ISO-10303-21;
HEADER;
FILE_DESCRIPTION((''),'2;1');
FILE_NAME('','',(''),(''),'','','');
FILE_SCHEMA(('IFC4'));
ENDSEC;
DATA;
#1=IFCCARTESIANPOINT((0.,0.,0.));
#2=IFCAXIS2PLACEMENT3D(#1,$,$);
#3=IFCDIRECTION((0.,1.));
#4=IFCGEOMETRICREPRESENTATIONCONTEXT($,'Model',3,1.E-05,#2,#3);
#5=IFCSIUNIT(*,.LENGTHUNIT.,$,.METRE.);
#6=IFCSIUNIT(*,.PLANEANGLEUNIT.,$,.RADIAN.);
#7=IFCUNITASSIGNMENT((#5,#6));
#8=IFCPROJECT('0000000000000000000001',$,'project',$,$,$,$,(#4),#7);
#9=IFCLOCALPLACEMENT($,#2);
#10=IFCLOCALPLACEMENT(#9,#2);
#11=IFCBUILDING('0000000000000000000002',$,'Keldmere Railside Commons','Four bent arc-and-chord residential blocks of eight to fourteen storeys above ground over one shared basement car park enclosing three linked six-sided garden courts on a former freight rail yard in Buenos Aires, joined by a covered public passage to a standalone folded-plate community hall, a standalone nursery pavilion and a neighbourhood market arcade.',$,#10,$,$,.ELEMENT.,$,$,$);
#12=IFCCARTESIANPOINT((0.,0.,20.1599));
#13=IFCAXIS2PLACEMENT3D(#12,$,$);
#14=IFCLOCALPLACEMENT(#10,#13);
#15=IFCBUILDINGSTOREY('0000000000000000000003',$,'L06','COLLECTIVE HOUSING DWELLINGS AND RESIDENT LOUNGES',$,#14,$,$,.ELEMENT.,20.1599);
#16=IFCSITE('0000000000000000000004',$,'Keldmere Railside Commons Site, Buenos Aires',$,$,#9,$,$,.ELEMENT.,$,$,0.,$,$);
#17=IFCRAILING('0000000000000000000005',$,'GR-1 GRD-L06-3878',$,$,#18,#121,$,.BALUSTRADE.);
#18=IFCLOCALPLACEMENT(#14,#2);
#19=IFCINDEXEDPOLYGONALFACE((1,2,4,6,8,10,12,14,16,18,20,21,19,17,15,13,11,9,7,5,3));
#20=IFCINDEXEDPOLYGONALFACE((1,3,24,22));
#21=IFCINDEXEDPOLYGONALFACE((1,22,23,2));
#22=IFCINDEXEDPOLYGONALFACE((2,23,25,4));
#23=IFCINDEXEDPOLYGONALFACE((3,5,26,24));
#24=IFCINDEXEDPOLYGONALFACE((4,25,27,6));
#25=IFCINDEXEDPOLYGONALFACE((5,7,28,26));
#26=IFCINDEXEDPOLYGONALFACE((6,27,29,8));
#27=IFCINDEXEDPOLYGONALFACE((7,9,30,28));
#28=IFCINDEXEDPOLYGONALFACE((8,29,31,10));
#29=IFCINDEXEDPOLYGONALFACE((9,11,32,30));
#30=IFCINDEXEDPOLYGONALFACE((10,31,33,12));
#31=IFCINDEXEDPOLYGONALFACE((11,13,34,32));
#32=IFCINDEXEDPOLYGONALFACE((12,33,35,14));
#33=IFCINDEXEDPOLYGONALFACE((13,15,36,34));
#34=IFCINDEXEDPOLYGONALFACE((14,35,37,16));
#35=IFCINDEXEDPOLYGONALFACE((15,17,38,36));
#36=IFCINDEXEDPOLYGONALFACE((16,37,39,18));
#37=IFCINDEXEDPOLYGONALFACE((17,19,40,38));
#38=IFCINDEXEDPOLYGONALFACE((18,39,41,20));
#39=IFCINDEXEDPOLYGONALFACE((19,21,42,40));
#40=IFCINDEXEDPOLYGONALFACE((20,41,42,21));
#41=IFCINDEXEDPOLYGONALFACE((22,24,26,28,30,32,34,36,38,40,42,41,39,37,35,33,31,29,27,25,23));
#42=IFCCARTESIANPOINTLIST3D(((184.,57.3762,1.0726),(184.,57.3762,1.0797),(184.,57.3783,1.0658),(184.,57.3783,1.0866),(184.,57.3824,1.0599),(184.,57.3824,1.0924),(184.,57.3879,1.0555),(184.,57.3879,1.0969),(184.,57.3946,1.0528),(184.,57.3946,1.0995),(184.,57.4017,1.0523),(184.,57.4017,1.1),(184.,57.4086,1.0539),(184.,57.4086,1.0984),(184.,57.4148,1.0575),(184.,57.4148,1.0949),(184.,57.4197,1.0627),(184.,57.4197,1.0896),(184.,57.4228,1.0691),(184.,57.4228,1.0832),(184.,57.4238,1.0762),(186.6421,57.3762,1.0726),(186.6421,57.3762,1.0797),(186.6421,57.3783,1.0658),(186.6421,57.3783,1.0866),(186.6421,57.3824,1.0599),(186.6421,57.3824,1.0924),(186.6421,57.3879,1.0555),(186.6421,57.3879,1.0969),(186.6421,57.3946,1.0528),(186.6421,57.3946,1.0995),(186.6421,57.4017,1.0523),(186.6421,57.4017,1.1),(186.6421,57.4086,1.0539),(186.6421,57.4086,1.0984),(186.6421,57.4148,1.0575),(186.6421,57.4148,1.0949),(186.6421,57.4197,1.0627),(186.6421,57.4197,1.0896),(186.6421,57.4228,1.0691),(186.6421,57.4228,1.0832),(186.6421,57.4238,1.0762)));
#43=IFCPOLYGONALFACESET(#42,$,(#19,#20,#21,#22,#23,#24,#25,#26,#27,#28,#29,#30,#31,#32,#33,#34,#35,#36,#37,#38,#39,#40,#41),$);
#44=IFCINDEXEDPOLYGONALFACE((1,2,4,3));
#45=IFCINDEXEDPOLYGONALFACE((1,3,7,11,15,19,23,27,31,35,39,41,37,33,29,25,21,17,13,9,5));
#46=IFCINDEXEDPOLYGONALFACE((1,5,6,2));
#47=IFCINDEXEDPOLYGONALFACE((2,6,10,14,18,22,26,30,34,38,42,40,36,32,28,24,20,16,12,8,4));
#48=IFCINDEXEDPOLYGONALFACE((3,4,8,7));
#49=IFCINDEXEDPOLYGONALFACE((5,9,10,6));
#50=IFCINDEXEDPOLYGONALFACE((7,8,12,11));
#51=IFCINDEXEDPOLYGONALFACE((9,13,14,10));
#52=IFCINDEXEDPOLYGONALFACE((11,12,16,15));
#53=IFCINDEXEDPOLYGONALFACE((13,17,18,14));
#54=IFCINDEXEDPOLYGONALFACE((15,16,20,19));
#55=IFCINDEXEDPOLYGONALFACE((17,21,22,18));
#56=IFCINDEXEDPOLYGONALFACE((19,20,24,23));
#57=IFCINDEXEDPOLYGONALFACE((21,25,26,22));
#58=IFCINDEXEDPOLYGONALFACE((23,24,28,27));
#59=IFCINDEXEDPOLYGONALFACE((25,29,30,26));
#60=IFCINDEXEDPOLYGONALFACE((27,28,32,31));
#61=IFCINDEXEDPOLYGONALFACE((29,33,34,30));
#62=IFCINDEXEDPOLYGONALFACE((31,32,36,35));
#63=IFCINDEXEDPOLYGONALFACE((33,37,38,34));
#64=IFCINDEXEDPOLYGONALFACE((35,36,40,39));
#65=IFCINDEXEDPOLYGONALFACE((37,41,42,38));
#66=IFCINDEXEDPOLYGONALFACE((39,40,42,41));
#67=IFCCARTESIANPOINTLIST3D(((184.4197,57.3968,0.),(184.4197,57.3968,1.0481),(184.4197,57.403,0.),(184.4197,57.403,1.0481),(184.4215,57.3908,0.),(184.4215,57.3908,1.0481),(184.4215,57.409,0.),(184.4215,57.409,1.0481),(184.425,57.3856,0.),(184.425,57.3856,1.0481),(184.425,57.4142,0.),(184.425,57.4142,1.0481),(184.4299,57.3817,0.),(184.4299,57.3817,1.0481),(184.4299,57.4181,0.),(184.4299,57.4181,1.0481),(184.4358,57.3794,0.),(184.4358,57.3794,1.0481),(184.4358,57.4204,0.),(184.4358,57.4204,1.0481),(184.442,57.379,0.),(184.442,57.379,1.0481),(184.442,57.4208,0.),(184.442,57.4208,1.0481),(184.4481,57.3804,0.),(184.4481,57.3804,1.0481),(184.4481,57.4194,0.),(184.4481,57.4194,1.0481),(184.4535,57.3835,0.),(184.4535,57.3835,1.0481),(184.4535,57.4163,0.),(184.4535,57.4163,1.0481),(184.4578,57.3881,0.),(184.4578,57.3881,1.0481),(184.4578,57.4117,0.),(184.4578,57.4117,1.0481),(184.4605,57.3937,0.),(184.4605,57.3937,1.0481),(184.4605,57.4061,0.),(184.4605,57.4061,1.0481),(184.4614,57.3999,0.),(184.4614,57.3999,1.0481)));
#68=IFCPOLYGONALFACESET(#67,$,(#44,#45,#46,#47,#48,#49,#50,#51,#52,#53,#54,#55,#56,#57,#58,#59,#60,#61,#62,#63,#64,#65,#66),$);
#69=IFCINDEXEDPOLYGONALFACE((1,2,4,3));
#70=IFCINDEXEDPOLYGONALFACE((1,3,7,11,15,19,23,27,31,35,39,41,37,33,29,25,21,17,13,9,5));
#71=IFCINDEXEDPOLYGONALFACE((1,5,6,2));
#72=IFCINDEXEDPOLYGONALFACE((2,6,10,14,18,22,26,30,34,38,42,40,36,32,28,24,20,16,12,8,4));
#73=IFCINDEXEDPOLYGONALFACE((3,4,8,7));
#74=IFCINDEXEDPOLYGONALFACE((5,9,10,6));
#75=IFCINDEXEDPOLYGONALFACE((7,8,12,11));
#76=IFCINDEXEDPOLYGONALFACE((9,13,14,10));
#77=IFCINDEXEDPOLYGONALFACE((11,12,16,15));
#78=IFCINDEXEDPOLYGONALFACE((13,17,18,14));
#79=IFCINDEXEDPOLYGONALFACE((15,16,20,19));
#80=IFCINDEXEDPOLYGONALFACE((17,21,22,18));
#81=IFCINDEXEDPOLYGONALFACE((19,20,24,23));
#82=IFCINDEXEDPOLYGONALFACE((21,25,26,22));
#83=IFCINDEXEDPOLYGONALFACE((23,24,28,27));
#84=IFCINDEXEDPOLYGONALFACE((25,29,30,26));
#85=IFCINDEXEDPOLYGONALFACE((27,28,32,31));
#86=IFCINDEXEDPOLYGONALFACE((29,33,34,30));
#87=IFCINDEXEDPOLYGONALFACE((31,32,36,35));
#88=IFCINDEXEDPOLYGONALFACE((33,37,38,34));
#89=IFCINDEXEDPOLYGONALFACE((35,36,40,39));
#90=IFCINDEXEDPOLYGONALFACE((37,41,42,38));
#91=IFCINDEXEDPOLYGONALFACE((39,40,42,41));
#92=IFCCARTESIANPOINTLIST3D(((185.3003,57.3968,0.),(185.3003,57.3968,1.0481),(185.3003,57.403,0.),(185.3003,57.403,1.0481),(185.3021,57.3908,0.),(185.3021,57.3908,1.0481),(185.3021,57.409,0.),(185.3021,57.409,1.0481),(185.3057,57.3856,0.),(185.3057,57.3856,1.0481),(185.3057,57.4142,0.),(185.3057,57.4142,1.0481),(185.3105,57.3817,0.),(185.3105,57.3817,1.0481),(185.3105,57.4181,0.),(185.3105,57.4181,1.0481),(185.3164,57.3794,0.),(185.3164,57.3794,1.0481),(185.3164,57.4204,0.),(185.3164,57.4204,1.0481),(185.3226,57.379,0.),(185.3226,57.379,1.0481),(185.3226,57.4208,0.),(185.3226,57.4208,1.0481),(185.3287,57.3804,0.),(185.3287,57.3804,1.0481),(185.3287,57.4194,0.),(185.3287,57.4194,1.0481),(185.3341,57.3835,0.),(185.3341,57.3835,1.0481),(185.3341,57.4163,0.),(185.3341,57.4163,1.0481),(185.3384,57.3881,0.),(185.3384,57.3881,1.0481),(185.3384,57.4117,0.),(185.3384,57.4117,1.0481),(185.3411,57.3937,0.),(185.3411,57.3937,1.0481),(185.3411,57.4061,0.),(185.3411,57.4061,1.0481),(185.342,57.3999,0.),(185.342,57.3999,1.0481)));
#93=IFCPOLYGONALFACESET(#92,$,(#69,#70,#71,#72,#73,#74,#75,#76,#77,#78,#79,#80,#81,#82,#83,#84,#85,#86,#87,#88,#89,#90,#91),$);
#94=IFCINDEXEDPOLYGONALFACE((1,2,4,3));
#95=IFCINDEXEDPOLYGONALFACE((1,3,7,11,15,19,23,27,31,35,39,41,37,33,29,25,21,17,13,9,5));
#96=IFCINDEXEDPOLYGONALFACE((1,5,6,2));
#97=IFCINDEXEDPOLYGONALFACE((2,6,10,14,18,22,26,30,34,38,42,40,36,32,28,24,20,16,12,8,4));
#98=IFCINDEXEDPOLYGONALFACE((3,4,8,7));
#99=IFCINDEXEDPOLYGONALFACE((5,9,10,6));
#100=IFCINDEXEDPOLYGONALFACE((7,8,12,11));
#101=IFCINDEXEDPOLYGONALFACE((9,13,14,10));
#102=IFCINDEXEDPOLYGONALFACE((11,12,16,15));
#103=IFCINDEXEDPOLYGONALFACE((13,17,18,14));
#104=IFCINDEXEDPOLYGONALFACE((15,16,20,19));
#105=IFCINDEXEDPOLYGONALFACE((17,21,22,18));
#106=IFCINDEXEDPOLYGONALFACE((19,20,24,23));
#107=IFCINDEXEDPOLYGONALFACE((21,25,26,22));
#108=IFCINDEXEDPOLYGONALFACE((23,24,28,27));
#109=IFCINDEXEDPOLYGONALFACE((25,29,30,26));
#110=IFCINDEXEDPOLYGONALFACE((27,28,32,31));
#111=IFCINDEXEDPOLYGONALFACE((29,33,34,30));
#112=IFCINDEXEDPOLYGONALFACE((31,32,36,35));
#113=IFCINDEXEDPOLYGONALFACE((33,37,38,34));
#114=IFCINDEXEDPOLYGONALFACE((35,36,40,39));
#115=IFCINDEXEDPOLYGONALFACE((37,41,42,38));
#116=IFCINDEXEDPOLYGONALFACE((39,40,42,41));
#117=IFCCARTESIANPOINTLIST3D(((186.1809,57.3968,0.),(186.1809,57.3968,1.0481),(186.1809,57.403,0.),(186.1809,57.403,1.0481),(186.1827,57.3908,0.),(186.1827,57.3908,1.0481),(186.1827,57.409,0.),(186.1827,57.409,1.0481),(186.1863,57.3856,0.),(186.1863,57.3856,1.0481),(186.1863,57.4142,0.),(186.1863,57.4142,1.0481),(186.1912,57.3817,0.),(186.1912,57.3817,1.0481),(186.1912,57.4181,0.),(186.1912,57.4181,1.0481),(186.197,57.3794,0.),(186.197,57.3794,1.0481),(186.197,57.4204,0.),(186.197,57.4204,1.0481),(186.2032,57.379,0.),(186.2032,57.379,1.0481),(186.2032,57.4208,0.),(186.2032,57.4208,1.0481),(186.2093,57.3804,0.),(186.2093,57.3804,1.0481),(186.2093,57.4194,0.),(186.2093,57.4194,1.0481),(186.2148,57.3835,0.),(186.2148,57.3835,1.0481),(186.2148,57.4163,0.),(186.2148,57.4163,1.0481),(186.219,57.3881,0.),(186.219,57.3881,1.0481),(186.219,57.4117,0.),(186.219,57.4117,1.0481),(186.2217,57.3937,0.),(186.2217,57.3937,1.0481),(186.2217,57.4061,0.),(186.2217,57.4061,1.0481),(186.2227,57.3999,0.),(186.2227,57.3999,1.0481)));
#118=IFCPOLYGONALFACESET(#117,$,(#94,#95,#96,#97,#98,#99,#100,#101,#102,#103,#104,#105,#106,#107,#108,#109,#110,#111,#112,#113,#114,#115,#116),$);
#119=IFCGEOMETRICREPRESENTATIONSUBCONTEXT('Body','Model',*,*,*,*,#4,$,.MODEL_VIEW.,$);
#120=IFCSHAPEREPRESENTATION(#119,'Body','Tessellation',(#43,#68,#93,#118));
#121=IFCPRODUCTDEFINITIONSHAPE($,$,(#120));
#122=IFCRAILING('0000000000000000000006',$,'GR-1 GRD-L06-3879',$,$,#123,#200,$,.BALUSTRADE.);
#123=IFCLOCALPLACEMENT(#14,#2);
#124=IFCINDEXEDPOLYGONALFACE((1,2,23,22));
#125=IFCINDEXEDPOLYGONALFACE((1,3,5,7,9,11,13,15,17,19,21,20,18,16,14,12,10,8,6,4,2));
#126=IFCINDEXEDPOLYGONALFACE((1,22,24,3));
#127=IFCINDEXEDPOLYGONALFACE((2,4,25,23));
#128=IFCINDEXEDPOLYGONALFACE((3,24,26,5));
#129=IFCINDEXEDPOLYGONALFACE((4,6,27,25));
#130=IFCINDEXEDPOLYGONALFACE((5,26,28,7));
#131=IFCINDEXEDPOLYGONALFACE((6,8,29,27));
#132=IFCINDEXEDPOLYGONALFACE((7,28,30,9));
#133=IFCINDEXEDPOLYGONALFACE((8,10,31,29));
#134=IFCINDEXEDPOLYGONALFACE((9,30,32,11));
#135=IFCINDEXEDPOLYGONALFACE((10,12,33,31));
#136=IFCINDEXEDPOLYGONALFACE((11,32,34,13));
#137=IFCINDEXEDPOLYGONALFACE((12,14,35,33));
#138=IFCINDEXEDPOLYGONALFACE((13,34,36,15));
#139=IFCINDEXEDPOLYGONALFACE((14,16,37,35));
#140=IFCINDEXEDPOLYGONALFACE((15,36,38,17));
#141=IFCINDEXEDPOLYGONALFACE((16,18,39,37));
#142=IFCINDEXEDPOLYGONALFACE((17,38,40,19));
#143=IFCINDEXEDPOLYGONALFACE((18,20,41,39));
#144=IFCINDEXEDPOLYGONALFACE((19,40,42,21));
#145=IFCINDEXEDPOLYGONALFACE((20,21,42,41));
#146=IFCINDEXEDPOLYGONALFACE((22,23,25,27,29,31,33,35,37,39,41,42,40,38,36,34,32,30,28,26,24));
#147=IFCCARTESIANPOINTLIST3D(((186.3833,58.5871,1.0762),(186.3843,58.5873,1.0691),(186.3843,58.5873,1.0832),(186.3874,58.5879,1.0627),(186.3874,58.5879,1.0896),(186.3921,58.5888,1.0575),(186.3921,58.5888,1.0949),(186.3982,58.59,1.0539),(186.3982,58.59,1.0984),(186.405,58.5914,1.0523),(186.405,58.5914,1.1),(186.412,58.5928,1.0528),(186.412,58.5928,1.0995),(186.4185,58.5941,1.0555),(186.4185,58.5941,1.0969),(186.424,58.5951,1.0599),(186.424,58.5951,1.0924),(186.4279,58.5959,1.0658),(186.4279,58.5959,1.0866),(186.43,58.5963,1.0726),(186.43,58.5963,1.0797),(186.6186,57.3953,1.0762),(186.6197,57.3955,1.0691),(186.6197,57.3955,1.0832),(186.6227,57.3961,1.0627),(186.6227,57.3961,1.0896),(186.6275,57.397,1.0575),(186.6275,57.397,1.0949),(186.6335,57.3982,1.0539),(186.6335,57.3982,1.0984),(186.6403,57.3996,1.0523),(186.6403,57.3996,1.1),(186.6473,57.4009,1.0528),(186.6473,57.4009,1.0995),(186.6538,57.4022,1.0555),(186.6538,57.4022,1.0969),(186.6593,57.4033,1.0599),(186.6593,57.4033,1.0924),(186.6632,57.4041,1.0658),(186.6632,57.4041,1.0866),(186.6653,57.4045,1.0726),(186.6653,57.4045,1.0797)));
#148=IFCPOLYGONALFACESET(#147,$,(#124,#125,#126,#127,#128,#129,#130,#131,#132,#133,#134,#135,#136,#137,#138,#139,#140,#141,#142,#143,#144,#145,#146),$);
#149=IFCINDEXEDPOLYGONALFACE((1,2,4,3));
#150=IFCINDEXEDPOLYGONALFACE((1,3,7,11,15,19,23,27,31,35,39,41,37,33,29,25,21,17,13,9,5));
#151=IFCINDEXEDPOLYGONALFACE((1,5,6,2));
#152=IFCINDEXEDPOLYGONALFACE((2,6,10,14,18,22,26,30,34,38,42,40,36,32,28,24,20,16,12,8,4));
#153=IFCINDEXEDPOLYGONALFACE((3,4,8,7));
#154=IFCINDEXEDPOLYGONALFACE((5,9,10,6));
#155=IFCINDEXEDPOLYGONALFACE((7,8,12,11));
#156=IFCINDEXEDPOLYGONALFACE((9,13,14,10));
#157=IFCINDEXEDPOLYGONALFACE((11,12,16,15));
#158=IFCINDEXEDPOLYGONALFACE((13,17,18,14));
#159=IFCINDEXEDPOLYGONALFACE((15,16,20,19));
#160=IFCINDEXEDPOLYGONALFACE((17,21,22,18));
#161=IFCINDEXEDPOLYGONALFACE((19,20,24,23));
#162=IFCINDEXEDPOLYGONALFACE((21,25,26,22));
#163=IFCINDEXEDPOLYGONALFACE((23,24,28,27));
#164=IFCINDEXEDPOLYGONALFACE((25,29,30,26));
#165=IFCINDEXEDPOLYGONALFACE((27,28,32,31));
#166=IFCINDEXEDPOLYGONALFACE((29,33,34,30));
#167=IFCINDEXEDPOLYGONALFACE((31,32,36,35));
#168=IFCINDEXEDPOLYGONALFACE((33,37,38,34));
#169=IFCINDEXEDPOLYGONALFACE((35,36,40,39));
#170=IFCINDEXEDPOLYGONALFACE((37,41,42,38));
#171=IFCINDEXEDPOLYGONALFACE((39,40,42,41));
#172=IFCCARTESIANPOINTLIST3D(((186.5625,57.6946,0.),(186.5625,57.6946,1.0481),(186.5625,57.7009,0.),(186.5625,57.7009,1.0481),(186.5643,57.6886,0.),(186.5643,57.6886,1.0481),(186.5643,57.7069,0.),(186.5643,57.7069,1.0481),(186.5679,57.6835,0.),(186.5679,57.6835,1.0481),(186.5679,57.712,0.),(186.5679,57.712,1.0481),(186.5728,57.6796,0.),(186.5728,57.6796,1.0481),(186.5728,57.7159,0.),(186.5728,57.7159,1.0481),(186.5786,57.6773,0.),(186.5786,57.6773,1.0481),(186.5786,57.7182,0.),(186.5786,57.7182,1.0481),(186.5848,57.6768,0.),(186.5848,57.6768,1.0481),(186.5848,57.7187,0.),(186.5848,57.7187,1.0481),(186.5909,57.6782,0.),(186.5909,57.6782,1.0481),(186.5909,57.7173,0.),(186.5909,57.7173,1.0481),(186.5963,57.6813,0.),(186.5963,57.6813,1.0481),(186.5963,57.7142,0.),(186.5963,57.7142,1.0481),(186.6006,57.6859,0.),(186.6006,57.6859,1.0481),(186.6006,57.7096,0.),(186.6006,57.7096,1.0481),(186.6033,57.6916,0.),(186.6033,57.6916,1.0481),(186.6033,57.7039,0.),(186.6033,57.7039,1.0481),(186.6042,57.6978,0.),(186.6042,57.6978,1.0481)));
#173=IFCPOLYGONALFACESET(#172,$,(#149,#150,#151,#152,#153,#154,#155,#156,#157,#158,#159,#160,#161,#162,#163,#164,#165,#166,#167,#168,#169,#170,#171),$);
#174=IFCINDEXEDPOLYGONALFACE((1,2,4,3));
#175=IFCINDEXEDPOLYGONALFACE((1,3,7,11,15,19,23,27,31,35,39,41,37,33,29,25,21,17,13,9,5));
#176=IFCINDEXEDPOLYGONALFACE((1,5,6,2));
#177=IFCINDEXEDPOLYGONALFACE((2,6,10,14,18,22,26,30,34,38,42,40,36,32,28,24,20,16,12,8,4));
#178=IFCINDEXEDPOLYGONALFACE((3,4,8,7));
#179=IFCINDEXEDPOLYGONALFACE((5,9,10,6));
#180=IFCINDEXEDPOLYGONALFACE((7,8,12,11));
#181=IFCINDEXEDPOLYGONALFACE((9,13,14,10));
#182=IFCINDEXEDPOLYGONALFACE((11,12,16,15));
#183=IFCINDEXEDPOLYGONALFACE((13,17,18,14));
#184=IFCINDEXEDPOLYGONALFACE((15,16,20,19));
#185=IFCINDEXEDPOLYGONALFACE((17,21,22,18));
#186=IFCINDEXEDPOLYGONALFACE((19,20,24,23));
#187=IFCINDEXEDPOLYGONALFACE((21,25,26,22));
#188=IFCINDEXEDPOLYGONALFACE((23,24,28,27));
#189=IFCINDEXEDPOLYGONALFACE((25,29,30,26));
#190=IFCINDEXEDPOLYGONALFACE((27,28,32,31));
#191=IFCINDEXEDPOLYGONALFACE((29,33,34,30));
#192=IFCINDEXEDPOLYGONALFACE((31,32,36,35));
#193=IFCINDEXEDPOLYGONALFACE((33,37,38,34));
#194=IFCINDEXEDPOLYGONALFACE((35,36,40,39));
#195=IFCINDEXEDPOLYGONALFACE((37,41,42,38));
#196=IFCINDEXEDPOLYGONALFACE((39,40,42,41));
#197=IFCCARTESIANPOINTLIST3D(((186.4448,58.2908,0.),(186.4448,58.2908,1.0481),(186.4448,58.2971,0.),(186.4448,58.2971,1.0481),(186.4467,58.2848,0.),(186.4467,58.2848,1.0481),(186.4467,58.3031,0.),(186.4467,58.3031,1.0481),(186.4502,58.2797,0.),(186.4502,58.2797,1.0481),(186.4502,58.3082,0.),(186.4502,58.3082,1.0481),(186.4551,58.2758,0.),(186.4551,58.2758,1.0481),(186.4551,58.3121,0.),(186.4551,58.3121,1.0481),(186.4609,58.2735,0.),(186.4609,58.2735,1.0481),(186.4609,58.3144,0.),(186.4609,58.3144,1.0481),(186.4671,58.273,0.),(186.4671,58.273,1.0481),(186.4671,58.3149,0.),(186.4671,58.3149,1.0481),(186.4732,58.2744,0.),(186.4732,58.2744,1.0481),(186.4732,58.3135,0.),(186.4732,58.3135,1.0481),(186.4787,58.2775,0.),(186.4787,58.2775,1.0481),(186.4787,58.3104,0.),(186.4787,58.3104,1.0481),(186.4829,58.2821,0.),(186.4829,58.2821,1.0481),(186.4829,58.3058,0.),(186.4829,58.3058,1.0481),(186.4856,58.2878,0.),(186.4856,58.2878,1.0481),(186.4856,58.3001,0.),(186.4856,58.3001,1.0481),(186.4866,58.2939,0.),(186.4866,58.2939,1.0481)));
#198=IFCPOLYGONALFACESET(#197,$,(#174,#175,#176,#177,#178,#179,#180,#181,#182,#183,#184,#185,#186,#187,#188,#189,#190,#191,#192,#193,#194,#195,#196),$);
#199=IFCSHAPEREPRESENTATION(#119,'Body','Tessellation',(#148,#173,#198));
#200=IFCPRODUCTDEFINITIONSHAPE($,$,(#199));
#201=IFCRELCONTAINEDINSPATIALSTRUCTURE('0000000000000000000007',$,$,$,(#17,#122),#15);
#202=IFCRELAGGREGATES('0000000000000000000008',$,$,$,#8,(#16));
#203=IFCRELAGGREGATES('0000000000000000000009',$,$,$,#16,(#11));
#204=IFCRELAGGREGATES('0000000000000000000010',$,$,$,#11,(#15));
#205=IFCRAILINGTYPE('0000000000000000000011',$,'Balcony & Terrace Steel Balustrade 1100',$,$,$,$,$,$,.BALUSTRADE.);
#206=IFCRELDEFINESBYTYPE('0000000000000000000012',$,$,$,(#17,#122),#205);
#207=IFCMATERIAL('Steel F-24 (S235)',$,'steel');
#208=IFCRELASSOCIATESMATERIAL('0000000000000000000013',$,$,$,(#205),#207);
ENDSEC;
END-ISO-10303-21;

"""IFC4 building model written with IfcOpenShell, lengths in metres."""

from ifc_helpers import new_model, si_unit, direction, frame, origin, origin_2d, place, context, subcontext, project, spatial, circle, extrude, material, type_object, element, save


model = new_model("IFC4")

# Units and contexts
model_context = context("Model", 3, precision=1e-05, world=origin(), true_north=direction((0.0, 1.0)))
body_context = subcontext(model_context, "Body", "Model", "MODEL_VIEW")
ifc_project = project(units=[si_unit("LENGTHUNIT", "METRE"), si_unit("PLANEANGLEUNIT", "RADIAN")], contexts=[model_context])

# Site, building, storey
site_placement = place(None, origin())
site = spatial("IfcSite", under=ifc_project, at=site_placement, Name="Keldmere Railside Commons Site, Buenos Aires", CompositionType="ELEMENT", RefElevation=0.0)
building_placement = place(site_placement, origin())
building = spatial("IfcBuilding", under=site, at=building_placement, Name="Keldmere Railside Commons", Description="Four bent arc-and-chord residential blocks of eight to fourteen storeys above ground over one shared basement car park enclosing three linked six-sided garden courts on a former freight rail yard in Buenos Aires, joined by a covered public passage to a standalone folded-plate community hall, a standalone nursery pavilion and a neighbourhood market arcade.", CompositionType="ELEMENT")
storey_placement = place(building_placement, frame((0.0, 0.0, 20.1599)))
storey = spatial("IfcBuildingStorey", under=building, at=storey_placement, Name="L06", Description="COLLECTIVE HOUSING DWELLINGS AND RESIDENT LOUNGES", CompositionType="ELEMENT", Elevation=20.1599)

# Railings
ifc_material_1 = material(Name="Steel F-24 (S235)", Category="steel")
railing_type = type_object("IfcRailingType", Name="Balcony & Terrace Steel Balustrade 1100", PredefinedType="BALUSTRADE", material=ifc_material_1)
railing_1_placement = place(storey_placement, frame((184.0, 57.3999, 0.0)))
element("IfcRailing", 1, at=railing_1_placement, inside=storey, type_object=railing_type, Name="GR-1 GRD-L06-3878", PredefinedType="BALUSTRADE", context=body_context, shape_type="SweptSolid", body=[
    extrude(circle(Radius=0.0239, at=origin_2d()), frame((0.0, 0.0, 1.0762), z_axis=(1.0, 0.0, 0.0), x_axis=(0.0, 1.0, 0.0)), (0.0, 0.0, 1.0), 2.6421),
    extrude(circle(Radius=0.021, at=origin_2d()), frame((0.4404, 0.0, 0.0)), (0.0, 0.0, 1.0), 1.0481),
    extrude(circle(Radius=0.021, at=origin_2d()), frame((1.321, 0.0, 0.0)), (0.0, 0.0, 1.0), 1.0481),
    extrude(circle(Radius=0.021, at=origin_2d()), frame((2.2017, 0.0, 0.0)), (0.0, 0.0, 1.0), 1.0481),
])
railing_2_placement = place(storey_placement, frame((186.6421, 57.3999, 0.0)))
element("IfcRailing", 2, at=railing_2_placement, inside=storey, type_object=railing_type, Name="GR-1 GRD-L06-3879", PredefinedType="BALUSTRADE", context=body_context, shape_type="SweptSolid", body=[
    extrude(circle(Radius=0.0239, at=origin_2d()), frame((0.0, 0.0, 1.0762), z_axis=(-0.19372, 0.981057, 0.0), x_axis=(-0.981057, -0.19372, 0.0)), (0.0, 0.0, 1.0), 1.2148),
    extrude(circle(Radius=0.021, at=origin_2d()), frame((-0.0588, 0.2979, 0.0)), (0.0, 0.0, 1.0), 1.0481),
    extrude(circle(Radius=0.021, at=origin_2d()), frame((-0.1765, 0.894, 0.0)), (0.0, 0.0, 1.0), 1.0481),
])

save(model, "model.ifc")
